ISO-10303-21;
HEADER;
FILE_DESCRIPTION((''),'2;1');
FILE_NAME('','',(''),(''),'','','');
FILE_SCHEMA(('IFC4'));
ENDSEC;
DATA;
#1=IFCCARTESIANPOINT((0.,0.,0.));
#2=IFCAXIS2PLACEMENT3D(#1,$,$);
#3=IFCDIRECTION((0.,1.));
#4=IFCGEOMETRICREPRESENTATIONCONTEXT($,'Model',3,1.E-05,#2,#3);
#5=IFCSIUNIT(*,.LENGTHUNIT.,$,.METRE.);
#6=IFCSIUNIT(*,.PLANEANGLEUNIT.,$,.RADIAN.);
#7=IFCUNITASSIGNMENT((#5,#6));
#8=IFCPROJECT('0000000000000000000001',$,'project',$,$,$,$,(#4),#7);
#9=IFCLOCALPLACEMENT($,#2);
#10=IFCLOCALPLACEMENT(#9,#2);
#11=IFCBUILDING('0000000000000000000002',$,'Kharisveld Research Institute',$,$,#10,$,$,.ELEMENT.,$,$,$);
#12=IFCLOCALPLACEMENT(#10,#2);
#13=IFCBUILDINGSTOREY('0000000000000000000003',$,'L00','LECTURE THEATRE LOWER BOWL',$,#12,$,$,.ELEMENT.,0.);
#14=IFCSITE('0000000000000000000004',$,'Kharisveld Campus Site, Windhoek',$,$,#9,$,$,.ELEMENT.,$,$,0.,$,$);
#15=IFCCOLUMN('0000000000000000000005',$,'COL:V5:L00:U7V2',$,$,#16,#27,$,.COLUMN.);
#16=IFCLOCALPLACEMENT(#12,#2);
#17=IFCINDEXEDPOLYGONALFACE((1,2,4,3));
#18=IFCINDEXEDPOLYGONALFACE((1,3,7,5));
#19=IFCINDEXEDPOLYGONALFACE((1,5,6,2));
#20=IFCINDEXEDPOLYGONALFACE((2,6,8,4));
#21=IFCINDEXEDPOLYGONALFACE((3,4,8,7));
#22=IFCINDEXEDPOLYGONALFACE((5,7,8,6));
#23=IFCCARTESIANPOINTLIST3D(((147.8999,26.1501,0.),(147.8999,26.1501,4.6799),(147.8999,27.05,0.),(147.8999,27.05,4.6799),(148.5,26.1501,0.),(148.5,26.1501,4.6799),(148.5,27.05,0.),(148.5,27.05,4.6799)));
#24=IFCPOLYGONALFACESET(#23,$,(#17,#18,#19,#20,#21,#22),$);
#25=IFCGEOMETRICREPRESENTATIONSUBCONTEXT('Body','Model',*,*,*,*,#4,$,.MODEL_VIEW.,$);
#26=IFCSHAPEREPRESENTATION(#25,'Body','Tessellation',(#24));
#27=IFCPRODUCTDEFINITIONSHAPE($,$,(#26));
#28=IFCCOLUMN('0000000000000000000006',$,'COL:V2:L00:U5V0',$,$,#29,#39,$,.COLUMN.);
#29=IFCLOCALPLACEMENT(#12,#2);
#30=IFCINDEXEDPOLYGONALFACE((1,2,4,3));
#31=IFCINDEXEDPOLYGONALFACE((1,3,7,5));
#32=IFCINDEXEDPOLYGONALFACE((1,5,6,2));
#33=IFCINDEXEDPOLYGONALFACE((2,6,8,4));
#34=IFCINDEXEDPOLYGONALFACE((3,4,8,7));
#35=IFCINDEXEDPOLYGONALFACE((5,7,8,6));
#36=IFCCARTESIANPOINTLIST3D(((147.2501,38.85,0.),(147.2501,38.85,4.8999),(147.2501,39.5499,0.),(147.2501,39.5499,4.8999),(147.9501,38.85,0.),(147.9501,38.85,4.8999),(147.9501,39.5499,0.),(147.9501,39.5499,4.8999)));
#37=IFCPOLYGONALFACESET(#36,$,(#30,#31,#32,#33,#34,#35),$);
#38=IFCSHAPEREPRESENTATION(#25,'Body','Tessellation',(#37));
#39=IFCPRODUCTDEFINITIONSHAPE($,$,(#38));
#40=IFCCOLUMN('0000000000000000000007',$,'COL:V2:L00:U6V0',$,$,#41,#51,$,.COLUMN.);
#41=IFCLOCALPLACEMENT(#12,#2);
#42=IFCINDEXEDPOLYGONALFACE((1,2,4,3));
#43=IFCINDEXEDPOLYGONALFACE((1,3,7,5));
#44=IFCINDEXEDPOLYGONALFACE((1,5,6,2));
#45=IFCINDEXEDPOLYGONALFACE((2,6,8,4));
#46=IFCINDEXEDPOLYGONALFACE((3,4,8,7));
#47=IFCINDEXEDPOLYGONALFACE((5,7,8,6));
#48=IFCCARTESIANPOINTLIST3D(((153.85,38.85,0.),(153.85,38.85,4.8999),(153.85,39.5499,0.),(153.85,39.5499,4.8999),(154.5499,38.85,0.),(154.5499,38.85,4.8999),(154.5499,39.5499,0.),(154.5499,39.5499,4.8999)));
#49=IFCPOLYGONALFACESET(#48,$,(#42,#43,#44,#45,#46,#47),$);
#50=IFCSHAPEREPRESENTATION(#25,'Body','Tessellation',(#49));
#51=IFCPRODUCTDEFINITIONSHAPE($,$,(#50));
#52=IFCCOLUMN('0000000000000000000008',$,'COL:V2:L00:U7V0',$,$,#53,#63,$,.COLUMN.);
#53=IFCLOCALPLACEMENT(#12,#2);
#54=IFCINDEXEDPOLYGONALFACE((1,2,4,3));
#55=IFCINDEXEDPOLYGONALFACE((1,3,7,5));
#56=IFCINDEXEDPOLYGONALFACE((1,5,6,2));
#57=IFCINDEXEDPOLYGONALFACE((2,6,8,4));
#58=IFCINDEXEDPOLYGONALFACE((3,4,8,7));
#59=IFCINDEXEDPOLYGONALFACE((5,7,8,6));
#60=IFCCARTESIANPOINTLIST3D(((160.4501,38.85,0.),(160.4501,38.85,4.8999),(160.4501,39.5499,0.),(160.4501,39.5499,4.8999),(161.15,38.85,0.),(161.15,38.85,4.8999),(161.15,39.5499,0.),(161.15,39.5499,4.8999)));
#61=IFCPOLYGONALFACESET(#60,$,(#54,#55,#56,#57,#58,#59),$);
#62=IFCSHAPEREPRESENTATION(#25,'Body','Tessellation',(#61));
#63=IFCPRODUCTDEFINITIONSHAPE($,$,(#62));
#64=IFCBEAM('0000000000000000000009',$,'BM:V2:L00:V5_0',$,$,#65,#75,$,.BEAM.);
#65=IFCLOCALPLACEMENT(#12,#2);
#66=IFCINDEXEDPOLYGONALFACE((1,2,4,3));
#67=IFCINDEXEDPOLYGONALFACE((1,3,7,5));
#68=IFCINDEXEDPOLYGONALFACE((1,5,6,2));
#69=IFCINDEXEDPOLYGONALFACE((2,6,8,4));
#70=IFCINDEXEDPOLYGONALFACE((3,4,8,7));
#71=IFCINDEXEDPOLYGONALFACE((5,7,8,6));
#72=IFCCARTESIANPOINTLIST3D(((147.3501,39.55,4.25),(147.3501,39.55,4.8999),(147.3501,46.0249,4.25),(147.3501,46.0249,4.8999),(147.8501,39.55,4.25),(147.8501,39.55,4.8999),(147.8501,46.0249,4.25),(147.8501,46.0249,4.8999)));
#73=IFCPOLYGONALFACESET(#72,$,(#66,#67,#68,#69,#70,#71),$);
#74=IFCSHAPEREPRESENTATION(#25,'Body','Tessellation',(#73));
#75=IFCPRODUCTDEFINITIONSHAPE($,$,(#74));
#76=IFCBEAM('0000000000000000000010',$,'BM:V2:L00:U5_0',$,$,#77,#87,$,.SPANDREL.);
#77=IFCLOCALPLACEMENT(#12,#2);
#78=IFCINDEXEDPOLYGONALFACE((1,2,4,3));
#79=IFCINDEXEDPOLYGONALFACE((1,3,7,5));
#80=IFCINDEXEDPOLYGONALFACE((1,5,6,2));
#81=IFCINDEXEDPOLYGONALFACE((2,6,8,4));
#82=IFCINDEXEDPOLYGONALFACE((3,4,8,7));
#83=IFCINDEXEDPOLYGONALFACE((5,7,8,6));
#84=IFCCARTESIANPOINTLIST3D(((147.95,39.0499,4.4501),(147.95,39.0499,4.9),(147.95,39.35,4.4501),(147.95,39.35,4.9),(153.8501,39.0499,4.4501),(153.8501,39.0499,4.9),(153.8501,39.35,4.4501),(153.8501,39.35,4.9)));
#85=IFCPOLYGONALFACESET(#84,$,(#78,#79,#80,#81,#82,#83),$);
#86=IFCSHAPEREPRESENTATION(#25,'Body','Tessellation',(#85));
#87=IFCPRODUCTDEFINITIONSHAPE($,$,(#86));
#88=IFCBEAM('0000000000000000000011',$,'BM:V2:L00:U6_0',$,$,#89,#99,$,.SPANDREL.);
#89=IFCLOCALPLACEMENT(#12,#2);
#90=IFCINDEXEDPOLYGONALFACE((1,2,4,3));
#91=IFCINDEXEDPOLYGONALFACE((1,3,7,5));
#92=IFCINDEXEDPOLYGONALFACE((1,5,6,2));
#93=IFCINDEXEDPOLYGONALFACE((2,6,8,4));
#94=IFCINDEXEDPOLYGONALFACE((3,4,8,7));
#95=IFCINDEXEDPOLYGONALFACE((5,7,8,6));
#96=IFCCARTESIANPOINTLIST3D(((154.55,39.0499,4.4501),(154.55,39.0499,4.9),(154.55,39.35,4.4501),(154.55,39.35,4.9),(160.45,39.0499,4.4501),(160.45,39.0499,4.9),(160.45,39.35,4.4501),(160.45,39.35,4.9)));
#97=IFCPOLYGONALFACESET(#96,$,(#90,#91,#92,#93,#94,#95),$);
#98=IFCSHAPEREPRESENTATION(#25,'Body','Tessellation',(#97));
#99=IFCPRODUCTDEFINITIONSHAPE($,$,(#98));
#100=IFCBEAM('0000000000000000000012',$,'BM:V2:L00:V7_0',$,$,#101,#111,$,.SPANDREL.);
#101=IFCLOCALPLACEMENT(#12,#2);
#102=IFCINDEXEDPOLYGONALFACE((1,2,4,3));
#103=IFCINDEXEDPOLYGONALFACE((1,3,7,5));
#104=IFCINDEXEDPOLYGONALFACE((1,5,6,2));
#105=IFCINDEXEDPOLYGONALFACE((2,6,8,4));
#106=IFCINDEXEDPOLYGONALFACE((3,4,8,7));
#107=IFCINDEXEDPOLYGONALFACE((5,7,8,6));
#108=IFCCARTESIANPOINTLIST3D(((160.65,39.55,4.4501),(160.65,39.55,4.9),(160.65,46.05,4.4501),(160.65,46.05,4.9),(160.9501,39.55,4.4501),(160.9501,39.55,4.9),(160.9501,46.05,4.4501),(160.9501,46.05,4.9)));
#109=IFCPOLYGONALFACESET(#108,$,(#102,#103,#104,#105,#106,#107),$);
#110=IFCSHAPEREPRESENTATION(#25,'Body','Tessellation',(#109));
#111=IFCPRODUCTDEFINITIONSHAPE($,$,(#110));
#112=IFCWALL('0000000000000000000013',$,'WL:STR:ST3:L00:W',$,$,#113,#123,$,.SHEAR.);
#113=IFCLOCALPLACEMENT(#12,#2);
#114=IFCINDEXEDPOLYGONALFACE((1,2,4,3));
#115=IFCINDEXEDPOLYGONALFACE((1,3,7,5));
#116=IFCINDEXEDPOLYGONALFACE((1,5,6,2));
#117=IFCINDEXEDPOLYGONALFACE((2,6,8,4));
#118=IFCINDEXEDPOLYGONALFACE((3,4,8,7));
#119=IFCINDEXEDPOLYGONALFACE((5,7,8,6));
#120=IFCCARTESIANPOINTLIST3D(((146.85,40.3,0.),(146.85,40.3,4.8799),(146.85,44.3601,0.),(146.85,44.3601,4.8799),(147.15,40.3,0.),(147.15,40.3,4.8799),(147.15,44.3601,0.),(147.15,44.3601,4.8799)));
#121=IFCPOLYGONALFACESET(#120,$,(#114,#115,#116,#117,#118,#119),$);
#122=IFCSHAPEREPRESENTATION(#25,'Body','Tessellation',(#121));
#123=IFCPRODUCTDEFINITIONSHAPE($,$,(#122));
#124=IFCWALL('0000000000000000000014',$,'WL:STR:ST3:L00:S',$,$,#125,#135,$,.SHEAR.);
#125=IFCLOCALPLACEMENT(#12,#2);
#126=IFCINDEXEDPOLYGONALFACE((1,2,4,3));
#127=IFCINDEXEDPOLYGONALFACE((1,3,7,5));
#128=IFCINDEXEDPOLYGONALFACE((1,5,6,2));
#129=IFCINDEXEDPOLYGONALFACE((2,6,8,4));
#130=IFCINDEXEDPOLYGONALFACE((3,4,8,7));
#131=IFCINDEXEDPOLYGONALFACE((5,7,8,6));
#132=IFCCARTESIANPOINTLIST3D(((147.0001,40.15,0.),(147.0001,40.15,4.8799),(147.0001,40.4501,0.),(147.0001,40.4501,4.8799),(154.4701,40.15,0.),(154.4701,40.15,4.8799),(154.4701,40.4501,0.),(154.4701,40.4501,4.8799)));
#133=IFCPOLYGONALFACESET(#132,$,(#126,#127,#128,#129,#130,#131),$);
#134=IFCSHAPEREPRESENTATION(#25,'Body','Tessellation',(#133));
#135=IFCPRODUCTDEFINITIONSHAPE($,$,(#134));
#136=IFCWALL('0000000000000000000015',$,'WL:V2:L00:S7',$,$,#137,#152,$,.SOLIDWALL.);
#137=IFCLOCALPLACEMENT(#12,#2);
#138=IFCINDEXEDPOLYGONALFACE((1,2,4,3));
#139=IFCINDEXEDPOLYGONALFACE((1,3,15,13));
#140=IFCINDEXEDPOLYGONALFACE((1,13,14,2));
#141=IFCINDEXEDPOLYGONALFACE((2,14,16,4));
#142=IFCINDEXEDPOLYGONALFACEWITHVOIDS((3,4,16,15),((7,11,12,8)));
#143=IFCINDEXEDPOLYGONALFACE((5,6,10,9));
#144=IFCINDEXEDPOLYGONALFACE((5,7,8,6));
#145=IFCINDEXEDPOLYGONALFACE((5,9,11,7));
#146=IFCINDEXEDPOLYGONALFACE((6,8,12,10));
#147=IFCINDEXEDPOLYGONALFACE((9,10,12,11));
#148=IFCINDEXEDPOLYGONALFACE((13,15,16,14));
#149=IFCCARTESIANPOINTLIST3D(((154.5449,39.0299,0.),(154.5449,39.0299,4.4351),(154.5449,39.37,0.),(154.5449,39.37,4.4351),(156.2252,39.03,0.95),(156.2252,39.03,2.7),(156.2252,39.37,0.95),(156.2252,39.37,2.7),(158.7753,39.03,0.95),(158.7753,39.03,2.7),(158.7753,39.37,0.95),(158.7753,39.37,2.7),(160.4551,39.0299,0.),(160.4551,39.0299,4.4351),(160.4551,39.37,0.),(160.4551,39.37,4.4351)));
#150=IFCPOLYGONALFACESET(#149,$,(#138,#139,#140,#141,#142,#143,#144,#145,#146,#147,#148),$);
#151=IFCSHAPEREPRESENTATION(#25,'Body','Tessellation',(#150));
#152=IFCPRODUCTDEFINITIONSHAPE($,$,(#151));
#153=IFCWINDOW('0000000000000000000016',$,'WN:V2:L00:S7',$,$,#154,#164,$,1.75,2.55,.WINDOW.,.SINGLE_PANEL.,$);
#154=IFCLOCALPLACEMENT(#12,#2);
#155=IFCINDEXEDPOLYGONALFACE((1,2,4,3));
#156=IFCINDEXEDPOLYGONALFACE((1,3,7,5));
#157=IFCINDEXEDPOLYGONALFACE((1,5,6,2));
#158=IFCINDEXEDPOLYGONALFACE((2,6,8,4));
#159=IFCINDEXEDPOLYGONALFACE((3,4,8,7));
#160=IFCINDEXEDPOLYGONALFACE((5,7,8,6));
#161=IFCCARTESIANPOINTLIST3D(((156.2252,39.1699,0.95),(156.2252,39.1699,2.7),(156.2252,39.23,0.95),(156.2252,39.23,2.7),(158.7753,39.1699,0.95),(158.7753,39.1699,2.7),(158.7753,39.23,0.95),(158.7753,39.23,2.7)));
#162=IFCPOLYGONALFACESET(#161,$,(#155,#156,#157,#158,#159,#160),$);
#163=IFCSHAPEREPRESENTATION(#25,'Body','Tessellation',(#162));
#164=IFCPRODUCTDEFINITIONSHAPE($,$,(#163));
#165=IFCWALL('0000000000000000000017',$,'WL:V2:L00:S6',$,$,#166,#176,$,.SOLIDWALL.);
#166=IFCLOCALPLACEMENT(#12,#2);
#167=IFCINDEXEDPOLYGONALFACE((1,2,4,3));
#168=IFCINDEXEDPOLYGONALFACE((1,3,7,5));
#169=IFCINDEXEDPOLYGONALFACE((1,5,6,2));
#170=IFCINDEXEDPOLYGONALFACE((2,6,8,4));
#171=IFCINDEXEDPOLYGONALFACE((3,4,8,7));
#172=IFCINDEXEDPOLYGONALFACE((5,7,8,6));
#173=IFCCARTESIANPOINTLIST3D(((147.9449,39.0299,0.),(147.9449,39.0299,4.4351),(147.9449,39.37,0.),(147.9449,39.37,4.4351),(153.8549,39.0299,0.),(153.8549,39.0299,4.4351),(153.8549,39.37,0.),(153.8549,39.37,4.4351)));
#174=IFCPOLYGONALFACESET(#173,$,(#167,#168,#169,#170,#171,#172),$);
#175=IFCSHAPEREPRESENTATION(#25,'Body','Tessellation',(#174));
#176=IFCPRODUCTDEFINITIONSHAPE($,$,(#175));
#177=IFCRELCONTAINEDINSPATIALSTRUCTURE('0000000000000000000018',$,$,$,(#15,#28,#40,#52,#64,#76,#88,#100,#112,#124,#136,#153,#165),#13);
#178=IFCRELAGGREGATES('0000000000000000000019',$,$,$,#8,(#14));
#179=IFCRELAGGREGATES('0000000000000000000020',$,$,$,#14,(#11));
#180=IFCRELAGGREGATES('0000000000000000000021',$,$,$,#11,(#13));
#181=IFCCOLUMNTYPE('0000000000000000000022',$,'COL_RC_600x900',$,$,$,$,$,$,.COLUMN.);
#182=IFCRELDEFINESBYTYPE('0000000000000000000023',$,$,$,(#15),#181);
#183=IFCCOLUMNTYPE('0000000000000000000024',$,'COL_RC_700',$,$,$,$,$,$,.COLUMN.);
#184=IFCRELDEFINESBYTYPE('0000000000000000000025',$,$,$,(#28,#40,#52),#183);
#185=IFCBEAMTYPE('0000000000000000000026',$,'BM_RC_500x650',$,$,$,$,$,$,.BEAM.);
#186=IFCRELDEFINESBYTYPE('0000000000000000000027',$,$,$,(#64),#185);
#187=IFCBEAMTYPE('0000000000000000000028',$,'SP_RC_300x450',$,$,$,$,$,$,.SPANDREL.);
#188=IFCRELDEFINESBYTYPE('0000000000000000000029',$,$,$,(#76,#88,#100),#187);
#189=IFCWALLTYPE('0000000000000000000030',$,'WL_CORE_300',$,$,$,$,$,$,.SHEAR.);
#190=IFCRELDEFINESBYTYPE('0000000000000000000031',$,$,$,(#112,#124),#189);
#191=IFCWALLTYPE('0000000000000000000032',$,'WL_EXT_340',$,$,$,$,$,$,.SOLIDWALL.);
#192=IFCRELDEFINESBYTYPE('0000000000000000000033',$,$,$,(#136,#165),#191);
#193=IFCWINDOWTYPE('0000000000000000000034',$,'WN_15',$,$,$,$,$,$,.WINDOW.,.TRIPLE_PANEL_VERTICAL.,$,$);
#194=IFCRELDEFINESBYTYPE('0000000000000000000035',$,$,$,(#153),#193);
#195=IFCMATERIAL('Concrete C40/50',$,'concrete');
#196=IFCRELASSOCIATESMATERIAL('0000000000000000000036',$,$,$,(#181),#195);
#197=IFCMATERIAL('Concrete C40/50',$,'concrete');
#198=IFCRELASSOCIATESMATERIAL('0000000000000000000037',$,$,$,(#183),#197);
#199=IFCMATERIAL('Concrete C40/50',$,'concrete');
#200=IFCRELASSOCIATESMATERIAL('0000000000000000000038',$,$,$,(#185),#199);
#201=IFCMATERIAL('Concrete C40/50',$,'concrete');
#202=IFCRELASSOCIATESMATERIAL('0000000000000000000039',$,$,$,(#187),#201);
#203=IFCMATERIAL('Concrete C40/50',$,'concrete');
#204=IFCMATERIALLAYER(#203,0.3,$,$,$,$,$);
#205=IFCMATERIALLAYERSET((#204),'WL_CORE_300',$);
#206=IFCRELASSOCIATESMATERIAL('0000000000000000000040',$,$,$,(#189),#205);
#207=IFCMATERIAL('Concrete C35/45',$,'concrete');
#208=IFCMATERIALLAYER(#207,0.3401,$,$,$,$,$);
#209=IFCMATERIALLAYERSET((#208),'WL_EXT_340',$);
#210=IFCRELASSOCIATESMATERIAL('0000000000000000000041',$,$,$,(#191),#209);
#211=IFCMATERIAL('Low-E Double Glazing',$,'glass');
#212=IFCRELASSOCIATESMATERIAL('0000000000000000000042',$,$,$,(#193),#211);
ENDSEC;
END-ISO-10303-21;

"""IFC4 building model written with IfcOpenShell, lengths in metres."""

from ifc_helpers import new_model, si_unit, direction, frame, frame_2d, origin, origin_2d, place, context, subcontext, project, spatial, rectangle, extrude, material, layer, layer_set, material_profile, profile_set, type_object, element, fill, save


model = new_model("IFC4")

# Units and contexts
model_context = context("Model", 3, precision=1e-05, world=origin(), true_north=direction((0.0, 1.0)))
body_context = subcontext(model_context, "Body", "Model", "MODEL_VIEW")
ifc_project = project(units=[si_unit("LENGTHUNIT", "METRE"), si_unit("PLANEANGLEUNIT", "RADIAN")], contexts=[model_context])

# Site, building, storey
site_placement = place(None, origin())
site = spatial("IfcSite", under=ifc_project, at=site_placement, Name="Kharisveld Campus Site, Windhoek", CompositionType="ELEMENT", RefElevation=0.0)
building_placement = place(site_placement, origin())
building = spatial("IfcBuilding", under=site, at=building_placement, Name="Kharisveld Research Institute", CompositionType="ELEMENT")
storey_placement = place(building_placement, origin())
storey = spatial("IfcBuildingStorey", under=building, at=storey_placement, Name="L00", Description="LECTURE THEATRE LOWER BOWL", CompositionType="ELEMENT", Elevation=0.0)

# Columns
ifc_material_1 = material(Name="Concrete C40/50", Category="concrete")
ifc_material_profile_1 = material_profile(ifc_material_1, rectangle(XDim=0.6001, YDim=0.8999, at=origin_2d()))
ifc_profile_set_1 = profile_set([ifc_material_profile_1], Name="Concrete C40/50")
column_type_1 = type_object("IfcColumnType", Name="COL_RC_600x900", PredefinedType="COLUMN", material=ifc_profile_set_1)
column_placement = place(storey_placement, frame((148.2, 26.6001, 0.0), z_axis=(0.0, 0.0, 1.0), x_axis=(1.0, 0.0, 0.0)))
element("IfcColumn", 1, at=column_placement, inside=storey, type_object=column_type_1, Name="COL:V5:L00:U7V2", PredefinedType="COLUMN", context=body_context, shape_type="SweptSolid", body=[
    extrude(rectangle(XDim=0.6001, YDim=0.8999, at=origin_2d()), origin(), (0.0, 0.0, 1.0), 4.6799),
])
ifc_material_2 = material(Name="Concrete C40/50", Category="concrete")
ifc_material_profile_2 = material_profile(ifc_material_2, rectangle(XDim=0.7, YDim=0.7, at=origin_2d()))
ifc_profile_set_2 = profile_set([ifc_material_profile_2], Name="Concrete C40/50")
column_type_2 = type_object("IfcColumnType", Name="COL_RC_700", PredefinedType="COLUMN", material=ifc_profile_set_2)
for number, where, z_axis, x_axis, name in (
    (2, (147.6001, 39.2, 0.0), (0.0, 0.0, 1.0), (1.0, 0.0, 0.0), "COL:V2:L00:U5V0"),
    (3, (154.2, 39.2, 0.0), (0.0, 0.0, 1.0), (1.0, 0.0, 0.0), "COL:V2:L00:U6V0"),
    (4, (160.8, 39.2, 0.0), (0.0, 0.0, 1.0), (1.0, 0.0, 0.0), "COL:V2:L00:U7V0"),
):
    element("IfcColumn", number, at=place(storey_placement, frame(where, z_axis=z_axis, x_axis=x_axis)), inside=storey, type_object=column_type_2, Name=name, PredefinedType="COLUMN", context=body_context, shape_type="SweptSolid", body=[
        extrude(rectangle(XDim=0.7, YDim=0.7, at=origin_2d()), origin(), (0.0, 0.0, 1.0), 4.8999),
    ])

# Beams
ifc_material_3 = material(Name="Concrete C40/50", Category="concrete")
ifc_material_profile_3 = material_profile(ifc_material_3, rectangle(XDim=0.5, YDim=0.6499, at=origin_2d()))
ifc_profile_set_3 = profile_set([ifc_material_profile_3], Name="Concrete C40/50")
beam_type_1 = type_object("IfcBeamType", Name="BM_RC_500x650", PredefinedType="BEAM", material=ifc_profile_set_3)
beam_1_placement = place(storey_placement, frame((147.6001, 39.55, 4.575), z_axis=(0.0, 1.0, 0.0), x_axis=(-1.0, 0.0, 0.0)))
element("IfcBeam", 5, at=beam_1_placement, inside=storey, type_object=beam_type_1, Name="BM:V2:L00:V5_0", PredefinedType="BEAM", context=body_context, shape_type="SweptSolid", body=[
    extrude(rectangle(XDim=0.5, YDim=0.6499, at=origin_2d()), origin(), (0.0, 0.0, 1.0), 6.4749),
])
ifc_material_4 = material(Name="Concrete C40/50", Category="concrete")
ifc_material_profile_4 = material_profile(ifc_material_4, rectangle(XDim=0.3, YDim=0.45, at=origin_2d()))
ifc_profile_set_4 = profile_set([ifc_material_profile_4], Name="Concrete C40/50")
beam_type_2 = type_object("IfcBeamType", Name="SP_RC_300x450", PredefinedType="SPANDREL", material=ifc_profile_set_4)
beam_2_placement = place(storey_placement, frame((147.95, 39.2, 4.675), z_axis=(1.0, 0.0, 0.0), x_axis=(0.0, 1.0, 0.0)))
element("IfcBeam", 6, at=beam_2_placement, inside=storey, type_object=beam_type_2, Name="BM:V2:L00:U5_0", PredefinedType="SPANDREL", context=body_context, shape_type="SweptSolid", body=[
    extrude(rectangle(XDim=0.3, YDim=0.45, at=origin_2d()), origin(), (0.0, 0.0, 1.0), 5.9001),
])
beam_3_placement = place(storey_placement, frame((154.55, 39.2, 4.675), z_axis=(1.0, 0.0, 0.0), x_axis=(0.0, 1.0, 0.0)))
element("IfcBeam", 7, at=beam_3_placement, inside=storey, type_object=beam_type_2, Name="BM:V2:L00:U6_0", PredefinedType="SPANDREL", context=body_context, shape_type="SweptSolid", body=[
    extrude(rectangle(XDim=0.3, YDim=0.45, at=origin_2d()), origin(), (0.0, 0.0, 1.0), 5.8999),
])
beam_4_placement = place(storey_placement, frame((160.8, 39.55, 4.675), z_axis=(0.0, 1.0, 0.0), x_axis=(-1.0, 0.0, 0.0)))
element("IfcBeam", 8, at=beam_4_placement, inside=storey, type_object=beam_type_2, Name="BM:V2:L00:V7_0", PredefinedType="SPANDREL", context=body_context, shape_type="SweptSolid", body=[
    extrude(rectangle(XDim=0.3, YDim=0.45, at=origin_2d()), origin(), (0.0, 0.0, 1.0), 6.5),
])

# Walls
ifc_material_5 = material(Name="Concrete C40/50", Category="concrete")
ifc_layer_1 = layer(ifc_material_5, 0.3)
ifc_layer_set_1 = layer_set([ifc_layer_1], Name="WL_CORE_300")
wall_type_1 = type_object("IfcWallType", Name="WL_CORE_300", PredefinedType="SHEAR", material=ifc_layer_set_1)
wall_1_placement = place(storey_placement, frame((147.0, 40.3, 0.0), z_axis=(0.0, 0.0, 1.0), x_axis=(0.0, 1.0, 0.0)))
element("IfcWall", 9, at=wall_1_placement, inside=storey, type_object=wall_type_1, Name="WL:STR:ST3:L00:W", PredefinedType="SHEAR", context=body_context, shape_type="SweptSolid", body=[
    extrude(rectangle(XDim=4.0601, YDim=0.3, at=frame_2d((2.03, 0.0))), origin(), (0.0, 0.0, 1.0), 4.8799),
])
wall_2_placement = place(storey_placement, frame((154.47, 40.3, 0.0), z_axis=(0.0, 0.0, 1.0), x_axis=(-1.0, 0.0, 0.0)))
element("IfcWall", 10, at=wall_2_placement, inside=storey, type_object=wall_type_1, Name="WL:STR:ST3:L00:S", PredefinedType="SHEAR", context=body_context, shape_type="SweptSolid", body=[
    extrude(rectangle(XDim=7.47, YDim=0.3, at=frame_2d((3.7349, 0.0))), origin(), (0.0, 0.0, 1.0), 4.8799),
])

# Wall, opening, window
ifc_material_6 = material(Name="Concrete C35/45", Category="concrete")
ifc_layer_2 = layer(ifc_material_6, 0.3401)
ifc_layer_set_2 = layer_set([ifc_layer_2], Name="WL_EXT_340")
wall_type_2 = type_object("IfcWallType", Name="WL_EXT_340", PredefinedType="SOLIDWALL", material=ifc_layer_set_2)
wall_3_placement = place(storey_placement, frame((160.4551, 39.2, 0.0), z_axis=(0.0, 0.0, 1.0), x_axis=(-1.0, 0.0, 0.0)))
wall_3 = element("IfcWall", 11, at=wall_3_placement, inside=storey, type_object=wall_type_2, Name="WL:V2:L00:S7", PredefinedType="SOLIDWALL", context=body_context, shape_type="SweptSolid", body=[
    extrude(rectangle(XDim=5.9102, YDim=0.3401, at=frame_2d((2.9551, 0.0))), origin(), (0.0, 0.0, 1.0), 4.4351),
])
opening_1_placement = place(wall_3_placement, frame((1.6799, 0.0, 0.95)))
opening_1 = element("IfcOpeningElement", 12, at=opening_1_placement, cuts=wall_3, PredefinedType="OPENING", context=body_context, shape_type="SweptSolid", body=[
    extrude(rectangle(XDim=2.55, YDim=1.75, at=frame_2d((1.2749, 0.875))), frame((0.0, 0.1699, 0.0), z_axis=(0.0, -1.0, 0.0), x_axis=(1.0, 0.0, 0.0)), (0.0, 0.0, 1.0), 0.3401),
])
ifc_material_7 = material(Name="Low-E Double Glazing", Category="glass")
window_type_1 = type_object("IfcWindowType", Name="WN_15", PartitioningType="TRIPLE_PANEL_VERTICAL", PredefinedType="WINDOW", material=ifc_material_7)
window_1_placement = place(opening_1_placement, origin())
window_1 = element("IfcWindow", 13, at=window_1_placement, inside=storey, type_object=window_type_1, Name="WN:V2:L00:S7", OverallHeight=1.75, OverallWidth=2.55, PartitioningType="SINGLE_PANEL", PredefinedType="WINDOW", context=body_context, shape_type="SweptSolid", body=[
    extrude(rectangle(XDim=2.55, YDim=1.75, at=frame_2d((1.2749, 0.875))), frame((0.0, 0.03, 0.0), z_axis=(0.0, -1.0, 0.0), x_axis=(1.0, 0.0, 0.0)), (0.0, 0.0, 1.0), 0.0601),
])
fill(opening_1, window_1)

# Wall
wall_4_placement = place(storey_placement, frame((153.855, 39.2, 0.0), z_axis=(0.0, 0.0, 1.0), x_axis=(-1.0, 0.0, 0.0)))
element("IfcWall", 14, at=wall_4_placement, inside=storey, type_object=wall_type_2, Name="WL:V2:L00:S6", PredefinedType="SOLIDWALL", context=body_context, shape_type="SweptSolid", body=[
    extrude(rectangle(XDim=5.9099, YDim=0.3401, at=frame_2d((2.9551, 0.0))), origin(), (0.0, 0.0, 1.0), 4.4351),
])

save(model, "model.ifc")
